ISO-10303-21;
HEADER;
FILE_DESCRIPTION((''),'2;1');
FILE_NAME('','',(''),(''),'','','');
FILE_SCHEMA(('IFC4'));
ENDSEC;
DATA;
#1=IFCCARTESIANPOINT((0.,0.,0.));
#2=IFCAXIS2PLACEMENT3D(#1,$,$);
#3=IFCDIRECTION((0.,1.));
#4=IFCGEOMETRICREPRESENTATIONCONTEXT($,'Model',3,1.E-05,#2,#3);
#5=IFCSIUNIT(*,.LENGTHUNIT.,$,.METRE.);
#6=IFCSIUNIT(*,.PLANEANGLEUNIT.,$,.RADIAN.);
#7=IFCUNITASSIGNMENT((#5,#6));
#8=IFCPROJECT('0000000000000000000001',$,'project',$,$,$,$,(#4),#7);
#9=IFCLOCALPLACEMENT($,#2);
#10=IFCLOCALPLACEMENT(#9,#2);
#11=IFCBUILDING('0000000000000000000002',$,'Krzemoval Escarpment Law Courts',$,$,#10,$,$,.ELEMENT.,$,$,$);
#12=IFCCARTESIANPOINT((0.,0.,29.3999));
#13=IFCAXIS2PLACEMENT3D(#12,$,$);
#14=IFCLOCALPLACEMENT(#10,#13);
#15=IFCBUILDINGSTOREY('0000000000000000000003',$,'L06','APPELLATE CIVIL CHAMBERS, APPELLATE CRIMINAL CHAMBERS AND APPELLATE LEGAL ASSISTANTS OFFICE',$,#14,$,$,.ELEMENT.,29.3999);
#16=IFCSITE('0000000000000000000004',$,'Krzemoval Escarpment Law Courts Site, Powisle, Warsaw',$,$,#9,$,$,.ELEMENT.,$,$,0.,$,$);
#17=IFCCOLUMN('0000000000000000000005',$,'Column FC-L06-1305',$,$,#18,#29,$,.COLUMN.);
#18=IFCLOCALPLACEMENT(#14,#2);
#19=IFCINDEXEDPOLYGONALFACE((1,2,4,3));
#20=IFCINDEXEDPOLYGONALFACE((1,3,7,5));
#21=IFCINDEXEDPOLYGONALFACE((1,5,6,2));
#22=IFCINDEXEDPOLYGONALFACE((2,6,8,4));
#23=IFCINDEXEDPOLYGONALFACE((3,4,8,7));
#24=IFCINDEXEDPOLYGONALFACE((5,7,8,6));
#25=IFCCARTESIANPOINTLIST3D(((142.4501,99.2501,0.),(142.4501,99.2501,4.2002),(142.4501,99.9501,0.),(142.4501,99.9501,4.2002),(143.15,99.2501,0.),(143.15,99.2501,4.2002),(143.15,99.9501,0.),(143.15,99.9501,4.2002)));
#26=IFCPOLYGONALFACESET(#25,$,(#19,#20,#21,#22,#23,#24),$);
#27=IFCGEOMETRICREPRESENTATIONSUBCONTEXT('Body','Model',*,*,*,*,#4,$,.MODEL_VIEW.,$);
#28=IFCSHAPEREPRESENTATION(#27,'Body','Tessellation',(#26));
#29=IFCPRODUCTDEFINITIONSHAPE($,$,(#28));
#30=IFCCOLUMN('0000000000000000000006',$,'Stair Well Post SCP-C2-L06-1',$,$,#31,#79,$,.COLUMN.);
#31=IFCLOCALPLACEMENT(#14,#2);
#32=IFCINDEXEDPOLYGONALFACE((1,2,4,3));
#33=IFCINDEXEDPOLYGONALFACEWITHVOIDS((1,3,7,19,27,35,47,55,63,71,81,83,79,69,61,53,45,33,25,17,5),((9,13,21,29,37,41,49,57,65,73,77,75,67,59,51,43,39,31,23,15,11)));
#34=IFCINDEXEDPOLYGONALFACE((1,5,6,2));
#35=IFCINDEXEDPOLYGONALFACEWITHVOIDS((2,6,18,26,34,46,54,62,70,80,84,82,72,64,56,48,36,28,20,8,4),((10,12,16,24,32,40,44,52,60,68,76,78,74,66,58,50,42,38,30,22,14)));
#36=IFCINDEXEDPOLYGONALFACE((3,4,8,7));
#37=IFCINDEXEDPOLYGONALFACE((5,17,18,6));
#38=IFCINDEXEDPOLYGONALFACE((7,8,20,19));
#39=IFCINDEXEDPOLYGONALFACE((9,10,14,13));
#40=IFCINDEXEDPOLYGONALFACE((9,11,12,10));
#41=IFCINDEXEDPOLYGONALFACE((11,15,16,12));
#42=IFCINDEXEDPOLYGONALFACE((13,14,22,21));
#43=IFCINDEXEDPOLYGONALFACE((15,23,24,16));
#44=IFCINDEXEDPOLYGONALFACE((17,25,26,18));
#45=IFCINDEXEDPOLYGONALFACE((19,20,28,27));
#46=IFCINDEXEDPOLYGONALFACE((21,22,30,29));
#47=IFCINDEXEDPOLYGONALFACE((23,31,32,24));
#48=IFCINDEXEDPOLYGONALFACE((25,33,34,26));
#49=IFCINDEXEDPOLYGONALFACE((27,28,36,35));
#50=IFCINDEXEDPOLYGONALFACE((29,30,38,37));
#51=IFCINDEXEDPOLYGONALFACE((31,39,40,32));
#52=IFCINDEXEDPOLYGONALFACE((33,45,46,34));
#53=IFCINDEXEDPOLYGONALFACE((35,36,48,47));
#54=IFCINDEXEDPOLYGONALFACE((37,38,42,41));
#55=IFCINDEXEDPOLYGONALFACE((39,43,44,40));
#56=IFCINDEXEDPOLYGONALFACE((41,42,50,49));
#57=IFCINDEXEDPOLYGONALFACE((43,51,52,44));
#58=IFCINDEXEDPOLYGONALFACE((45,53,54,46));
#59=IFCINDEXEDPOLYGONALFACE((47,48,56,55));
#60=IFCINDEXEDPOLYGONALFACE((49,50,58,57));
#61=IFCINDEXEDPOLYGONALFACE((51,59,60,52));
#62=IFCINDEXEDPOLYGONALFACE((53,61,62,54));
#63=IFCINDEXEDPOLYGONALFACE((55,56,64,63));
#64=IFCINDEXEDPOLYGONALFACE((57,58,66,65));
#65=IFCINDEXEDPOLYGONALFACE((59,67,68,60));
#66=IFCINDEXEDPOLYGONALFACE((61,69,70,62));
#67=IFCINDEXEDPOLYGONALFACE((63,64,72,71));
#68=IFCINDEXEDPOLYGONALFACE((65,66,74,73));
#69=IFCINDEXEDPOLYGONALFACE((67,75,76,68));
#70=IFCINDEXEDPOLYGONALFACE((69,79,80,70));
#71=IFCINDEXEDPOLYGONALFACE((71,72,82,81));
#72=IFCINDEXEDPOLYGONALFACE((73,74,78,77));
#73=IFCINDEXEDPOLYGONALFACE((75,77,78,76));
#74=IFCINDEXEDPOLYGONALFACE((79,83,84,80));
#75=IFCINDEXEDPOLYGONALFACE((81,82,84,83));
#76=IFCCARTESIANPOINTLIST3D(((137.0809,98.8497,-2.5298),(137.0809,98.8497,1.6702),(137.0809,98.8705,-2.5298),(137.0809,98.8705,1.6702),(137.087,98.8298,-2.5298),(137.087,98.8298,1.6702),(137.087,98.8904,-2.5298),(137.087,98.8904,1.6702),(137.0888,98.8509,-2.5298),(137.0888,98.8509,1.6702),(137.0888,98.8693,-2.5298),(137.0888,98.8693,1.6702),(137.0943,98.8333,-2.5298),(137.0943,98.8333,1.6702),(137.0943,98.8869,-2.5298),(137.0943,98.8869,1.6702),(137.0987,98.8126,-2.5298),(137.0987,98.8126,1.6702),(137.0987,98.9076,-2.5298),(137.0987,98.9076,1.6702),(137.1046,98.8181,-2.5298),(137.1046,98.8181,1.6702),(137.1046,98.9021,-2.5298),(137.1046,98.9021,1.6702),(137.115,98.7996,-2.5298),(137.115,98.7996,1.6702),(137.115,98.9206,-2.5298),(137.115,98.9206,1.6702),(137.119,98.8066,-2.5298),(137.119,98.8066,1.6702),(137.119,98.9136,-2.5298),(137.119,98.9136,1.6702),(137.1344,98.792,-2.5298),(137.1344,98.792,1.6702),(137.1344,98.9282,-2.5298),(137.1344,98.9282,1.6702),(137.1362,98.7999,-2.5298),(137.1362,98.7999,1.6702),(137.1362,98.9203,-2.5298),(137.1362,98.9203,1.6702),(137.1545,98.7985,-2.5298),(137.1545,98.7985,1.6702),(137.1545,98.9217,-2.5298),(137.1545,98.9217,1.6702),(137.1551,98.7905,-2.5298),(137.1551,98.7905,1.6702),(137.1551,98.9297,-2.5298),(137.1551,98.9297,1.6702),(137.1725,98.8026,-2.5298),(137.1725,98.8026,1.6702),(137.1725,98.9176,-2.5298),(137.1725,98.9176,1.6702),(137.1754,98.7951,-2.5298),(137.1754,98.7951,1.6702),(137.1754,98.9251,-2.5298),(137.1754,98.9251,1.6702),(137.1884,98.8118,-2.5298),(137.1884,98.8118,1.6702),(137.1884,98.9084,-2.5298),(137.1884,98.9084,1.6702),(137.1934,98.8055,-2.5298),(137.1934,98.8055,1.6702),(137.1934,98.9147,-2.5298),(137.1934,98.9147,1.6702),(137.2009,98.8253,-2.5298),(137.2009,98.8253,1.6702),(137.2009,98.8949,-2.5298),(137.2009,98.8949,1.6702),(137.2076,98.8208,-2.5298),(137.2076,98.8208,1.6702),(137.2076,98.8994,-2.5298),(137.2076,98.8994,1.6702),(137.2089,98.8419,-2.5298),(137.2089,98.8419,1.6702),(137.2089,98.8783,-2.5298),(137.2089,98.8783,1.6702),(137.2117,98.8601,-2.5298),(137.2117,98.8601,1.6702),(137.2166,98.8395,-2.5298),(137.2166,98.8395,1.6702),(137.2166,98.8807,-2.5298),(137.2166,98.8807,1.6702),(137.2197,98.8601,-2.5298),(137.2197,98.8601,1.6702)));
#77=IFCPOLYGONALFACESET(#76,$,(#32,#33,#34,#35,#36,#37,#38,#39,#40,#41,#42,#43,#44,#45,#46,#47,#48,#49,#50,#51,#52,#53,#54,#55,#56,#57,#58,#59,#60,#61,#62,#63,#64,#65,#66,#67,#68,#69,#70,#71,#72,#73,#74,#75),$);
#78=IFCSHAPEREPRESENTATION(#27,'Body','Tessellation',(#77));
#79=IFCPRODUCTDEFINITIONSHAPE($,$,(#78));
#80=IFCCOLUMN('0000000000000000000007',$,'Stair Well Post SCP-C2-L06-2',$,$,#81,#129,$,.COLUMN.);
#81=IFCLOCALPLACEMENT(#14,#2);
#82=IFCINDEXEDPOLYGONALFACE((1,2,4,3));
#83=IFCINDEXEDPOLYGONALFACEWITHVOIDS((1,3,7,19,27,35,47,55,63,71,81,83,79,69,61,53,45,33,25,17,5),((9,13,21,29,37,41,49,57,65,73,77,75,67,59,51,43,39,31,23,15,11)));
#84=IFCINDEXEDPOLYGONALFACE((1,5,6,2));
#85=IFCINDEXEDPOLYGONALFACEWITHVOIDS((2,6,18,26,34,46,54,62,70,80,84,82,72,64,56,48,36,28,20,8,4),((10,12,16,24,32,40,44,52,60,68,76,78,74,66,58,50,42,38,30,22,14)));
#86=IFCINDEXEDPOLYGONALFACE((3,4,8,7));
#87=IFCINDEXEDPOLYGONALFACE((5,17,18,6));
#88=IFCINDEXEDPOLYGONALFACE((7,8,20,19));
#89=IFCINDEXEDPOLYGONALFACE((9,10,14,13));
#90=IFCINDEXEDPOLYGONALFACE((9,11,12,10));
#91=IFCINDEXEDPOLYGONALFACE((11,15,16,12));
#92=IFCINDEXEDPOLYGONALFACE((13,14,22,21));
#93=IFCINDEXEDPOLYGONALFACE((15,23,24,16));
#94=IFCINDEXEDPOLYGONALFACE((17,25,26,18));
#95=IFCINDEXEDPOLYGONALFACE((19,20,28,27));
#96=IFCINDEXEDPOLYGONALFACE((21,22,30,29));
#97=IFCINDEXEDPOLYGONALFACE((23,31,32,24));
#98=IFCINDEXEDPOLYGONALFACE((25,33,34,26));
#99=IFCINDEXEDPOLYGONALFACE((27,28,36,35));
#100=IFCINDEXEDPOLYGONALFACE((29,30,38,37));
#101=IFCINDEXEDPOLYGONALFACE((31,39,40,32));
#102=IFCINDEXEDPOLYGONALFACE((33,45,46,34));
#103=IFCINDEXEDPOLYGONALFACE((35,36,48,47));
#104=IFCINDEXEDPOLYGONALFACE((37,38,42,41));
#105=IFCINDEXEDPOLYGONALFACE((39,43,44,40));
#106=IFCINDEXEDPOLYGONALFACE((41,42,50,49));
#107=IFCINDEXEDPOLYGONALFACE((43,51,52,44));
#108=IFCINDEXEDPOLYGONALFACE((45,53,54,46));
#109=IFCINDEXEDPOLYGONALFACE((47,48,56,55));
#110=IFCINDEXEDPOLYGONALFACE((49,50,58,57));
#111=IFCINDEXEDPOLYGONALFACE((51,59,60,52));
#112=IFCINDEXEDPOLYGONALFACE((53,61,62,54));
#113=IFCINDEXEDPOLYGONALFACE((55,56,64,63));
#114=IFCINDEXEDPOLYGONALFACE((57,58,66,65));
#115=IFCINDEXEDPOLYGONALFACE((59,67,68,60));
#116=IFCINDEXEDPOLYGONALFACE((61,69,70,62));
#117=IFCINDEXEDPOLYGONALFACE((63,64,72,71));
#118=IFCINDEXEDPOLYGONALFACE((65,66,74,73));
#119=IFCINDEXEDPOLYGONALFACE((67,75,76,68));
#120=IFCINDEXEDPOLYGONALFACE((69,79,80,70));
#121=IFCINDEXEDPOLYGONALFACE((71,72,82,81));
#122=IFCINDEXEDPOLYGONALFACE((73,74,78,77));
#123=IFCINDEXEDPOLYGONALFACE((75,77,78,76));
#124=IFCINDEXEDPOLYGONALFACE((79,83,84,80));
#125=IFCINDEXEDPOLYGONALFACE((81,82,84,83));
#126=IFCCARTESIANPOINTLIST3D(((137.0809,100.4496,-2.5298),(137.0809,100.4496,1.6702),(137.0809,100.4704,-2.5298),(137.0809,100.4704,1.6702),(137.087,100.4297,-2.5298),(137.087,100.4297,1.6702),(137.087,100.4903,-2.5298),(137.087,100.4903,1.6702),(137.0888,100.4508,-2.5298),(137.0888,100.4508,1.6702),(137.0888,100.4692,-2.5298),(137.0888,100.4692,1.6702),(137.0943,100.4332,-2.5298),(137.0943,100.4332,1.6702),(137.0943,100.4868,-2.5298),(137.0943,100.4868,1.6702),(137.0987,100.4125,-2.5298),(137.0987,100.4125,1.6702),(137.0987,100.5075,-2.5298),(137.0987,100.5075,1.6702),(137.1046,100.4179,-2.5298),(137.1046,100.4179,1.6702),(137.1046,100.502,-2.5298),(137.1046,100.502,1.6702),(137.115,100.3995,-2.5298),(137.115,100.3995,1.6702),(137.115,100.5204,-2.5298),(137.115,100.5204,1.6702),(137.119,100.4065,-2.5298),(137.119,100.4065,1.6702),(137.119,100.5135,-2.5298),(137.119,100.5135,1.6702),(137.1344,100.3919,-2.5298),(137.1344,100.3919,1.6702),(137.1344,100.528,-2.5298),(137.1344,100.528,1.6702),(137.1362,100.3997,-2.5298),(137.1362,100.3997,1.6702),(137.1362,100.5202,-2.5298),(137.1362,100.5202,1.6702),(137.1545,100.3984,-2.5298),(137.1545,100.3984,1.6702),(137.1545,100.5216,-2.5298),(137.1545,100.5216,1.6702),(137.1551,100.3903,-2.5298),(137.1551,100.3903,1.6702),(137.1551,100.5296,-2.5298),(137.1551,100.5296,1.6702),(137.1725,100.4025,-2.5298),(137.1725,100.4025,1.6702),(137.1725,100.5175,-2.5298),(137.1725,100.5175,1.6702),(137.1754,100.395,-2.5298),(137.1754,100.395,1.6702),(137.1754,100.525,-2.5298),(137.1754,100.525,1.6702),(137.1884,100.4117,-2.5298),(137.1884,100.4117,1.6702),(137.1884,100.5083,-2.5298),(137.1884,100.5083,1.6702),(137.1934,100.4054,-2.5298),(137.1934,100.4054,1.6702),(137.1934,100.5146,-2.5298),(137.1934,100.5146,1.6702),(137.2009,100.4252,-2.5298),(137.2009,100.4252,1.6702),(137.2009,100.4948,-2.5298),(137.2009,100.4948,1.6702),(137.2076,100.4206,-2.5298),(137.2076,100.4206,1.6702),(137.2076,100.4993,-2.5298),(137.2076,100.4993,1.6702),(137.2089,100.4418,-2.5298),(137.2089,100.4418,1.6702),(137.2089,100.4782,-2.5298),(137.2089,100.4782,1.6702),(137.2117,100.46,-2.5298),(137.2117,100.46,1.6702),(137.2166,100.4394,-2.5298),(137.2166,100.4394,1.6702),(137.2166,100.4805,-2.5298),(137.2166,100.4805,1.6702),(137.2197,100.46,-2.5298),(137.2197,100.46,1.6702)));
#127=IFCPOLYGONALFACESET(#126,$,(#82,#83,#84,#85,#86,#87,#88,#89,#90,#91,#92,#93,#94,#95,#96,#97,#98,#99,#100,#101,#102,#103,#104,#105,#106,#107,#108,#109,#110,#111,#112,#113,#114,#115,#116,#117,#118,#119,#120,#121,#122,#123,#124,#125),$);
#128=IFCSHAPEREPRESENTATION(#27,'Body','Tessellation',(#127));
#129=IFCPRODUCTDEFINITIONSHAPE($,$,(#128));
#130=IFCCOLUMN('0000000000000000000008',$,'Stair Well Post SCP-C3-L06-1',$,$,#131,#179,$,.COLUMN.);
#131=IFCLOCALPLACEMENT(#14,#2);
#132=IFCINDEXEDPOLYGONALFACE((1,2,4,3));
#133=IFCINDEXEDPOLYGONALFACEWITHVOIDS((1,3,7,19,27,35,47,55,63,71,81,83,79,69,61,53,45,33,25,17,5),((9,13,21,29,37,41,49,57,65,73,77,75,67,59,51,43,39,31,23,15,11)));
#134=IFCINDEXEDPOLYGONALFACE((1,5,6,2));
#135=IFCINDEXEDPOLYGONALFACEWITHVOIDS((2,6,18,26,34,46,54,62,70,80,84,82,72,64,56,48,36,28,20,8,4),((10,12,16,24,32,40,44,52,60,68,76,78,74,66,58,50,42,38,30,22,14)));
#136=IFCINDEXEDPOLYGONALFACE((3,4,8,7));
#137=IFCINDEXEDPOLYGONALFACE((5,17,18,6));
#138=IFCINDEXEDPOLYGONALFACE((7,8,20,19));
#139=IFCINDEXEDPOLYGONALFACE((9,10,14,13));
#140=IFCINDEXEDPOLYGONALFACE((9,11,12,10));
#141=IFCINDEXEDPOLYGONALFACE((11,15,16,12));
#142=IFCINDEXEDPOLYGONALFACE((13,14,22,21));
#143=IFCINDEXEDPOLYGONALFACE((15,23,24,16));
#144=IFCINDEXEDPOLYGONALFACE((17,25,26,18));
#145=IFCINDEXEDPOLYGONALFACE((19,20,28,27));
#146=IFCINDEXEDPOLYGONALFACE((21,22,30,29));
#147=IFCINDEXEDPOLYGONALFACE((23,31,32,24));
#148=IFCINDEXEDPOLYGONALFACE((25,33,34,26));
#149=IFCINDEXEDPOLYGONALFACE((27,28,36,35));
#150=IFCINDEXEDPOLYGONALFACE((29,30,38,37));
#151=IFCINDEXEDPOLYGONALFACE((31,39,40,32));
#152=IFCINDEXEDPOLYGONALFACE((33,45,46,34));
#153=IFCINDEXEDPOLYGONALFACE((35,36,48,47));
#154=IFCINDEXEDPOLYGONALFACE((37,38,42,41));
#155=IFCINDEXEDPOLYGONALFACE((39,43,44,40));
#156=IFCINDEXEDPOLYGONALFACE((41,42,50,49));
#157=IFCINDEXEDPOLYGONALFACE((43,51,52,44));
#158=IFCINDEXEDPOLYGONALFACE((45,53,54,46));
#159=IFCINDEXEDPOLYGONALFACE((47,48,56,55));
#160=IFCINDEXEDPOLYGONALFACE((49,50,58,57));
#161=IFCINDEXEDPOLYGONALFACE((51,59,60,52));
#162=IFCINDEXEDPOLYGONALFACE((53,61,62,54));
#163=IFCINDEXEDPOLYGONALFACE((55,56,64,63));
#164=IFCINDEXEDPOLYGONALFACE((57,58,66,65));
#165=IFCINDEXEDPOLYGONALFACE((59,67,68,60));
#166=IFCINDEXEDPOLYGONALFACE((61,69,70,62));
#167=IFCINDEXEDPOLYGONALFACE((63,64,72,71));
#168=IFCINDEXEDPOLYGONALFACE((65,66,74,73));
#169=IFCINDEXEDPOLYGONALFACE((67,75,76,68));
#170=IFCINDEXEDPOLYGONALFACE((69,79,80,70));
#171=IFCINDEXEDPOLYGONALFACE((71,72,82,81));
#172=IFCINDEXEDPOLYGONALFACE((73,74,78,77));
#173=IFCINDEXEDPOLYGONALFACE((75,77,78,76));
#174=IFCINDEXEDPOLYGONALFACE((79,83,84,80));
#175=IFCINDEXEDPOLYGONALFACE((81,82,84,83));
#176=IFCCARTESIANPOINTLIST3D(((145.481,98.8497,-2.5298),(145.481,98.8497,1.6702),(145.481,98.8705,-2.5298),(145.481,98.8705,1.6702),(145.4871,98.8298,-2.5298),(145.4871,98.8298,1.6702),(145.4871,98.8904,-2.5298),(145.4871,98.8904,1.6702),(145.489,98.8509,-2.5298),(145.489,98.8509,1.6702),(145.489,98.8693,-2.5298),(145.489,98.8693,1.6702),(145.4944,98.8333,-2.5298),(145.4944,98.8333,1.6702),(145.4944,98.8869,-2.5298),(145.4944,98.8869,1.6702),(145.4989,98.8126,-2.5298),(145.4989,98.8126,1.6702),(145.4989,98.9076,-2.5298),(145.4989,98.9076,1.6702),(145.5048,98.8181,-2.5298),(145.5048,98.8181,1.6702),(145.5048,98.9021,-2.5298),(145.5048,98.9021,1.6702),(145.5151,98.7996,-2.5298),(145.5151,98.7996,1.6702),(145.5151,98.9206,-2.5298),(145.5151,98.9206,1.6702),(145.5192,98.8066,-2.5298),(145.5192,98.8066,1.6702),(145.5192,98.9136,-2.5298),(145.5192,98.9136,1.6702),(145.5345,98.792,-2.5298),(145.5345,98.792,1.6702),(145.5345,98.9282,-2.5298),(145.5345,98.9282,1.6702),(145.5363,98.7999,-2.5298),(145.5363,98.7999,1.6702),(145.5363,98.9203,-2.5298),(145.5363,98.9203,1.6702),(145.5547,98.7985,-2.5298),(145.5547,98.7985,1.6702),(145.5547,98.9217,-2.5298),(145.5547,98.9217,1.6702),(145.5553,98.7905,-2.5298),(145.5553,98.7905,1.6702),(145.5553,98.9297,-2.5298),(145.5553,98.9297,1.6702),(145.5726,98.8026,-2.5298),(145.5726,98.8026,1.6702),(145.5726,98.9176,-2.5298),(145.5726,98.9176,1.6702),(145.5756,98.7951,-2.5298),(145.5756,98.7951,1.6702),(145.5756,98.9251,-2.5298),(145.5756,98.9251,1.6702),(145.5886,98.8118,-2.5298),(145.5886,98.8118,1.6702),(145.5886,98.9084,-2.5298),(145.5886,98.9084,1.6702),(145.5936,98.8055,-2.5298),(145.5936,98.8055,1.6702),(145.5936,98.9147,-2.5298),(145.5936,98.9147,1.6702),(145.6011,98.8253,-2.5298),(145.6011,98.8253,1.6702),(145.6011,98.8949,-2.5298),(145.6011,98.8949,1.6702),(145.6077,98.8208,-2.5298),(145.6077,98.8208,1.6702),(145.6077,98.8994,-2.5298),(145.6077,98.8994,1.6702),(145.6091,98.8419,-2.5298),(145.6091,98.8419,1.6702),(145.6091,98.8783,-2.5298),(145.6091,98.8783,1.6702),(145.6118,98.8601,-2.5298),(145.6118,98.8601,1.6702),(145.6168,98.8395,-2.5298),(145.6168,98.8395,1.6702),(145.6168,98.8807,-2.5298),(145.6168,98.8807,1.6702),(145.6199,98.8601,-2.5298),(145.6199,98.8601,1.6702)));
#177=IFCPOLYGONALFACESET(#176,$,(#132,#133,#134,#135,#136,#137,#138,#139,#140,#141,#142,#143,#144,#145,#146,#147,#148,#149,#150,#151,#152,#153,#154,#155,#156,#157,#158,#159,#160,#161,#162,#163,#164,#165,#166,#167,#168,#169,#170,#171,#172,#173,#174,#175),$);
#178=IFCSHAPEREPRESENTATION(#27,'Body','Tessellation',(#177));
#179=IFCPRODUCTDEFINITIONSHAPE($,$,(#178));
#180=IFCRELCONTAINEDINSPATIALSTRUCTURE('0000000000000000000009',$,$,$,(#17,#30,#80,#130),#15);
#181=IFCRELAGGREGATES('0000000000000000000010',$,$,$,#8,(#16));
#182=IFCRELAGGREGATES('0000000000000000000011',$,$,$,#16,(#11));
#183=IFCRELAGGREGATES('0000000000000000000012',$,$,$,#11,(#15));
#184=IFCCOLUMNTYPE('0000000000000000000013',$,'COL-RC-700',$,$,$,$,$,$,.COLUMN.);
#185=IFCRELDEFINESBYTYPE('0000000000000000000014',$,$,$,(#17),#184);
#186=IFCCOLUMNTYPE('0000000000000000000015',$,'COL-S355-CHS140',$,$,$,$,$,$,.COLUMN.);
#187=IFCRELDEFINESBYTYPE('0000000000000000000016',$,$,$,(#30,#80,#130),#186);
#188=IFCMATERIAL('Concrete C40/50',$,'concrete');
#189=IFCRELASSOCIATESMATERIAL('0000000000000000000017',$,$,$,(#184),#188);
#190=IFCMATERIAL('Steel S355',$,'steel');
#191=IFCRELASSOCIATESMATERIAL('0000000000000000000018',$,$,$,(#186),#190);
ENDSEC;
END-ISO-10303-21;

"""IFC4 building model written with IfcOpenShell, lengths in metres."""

from ifc_helpers import new_model, si_unit, direction, frame, origin, origin_2d, place, context, subcontext, project, spatial, rectangle, hollow_circle, extrude, material, material_profile, profile_set, type_object, element, save


model = new_model("IFC4")

# Units and contexts
model_context = context("Model", 3, precision=1e-05, world=origin(), true_north=direction((0.0, 1.0)))
body_context = subcontext(model_context, "Body", "Model", "MODEL_VIEW")
ifc_project = project(units=[si_unit("LENGTHUNIT", "METRE"), si_unit("PLANEANGLEUNIT", "RADIAN")], contexts=[model_context])

# Site, building, storey
site_placement = place(None, origin())
site = spatial("IfcSite", under=ifc_project, at=site_placement, Name="Krzemoval Escarpment Law Courts Site, Powisle, Warsaw", CompositionType="ELEMENT", RefElevation=0.0)
building_placement = place(site_placement, origin())
building = spatial("IfcBuilding", under=site, at=building_placement, Name="Krzemoval Escarpment Law Courts", CompositionType="ELEMENT")
storey_placement = place(building_placement, frame((0.0, 0.0, 29.3999)))
storey = spatial("IfcBuildingStorey", under=building, at=storey_placement, Name="L06", Description="APPELLATE CIVIL CHAMBERS, APPELLATE CRIMINAL CHAMBERS AND APPELLATE LEGAL ASSISTANTS OFFICE", CompositionType="ELEMENT", Elevation=29.3999)

# Columns
ifc_material_1 = material(Name="Concrete C40/50", Category="concrete")
ifc_material_profile_1 = material_profile(ifc_material_1, rectangle(XDim=0.7, YDim=0.7, at=origin_2d()), Name="RC 700x700")
ifc_profile_set_1 = profile_set([ifc_material_profile_1], Name="Concrete C40/50")
column_type_1 = type_object("IfcColumnType", Name="COL-RC-700", PredefinedType="COLUMN", material=ifc_profile_set_1)
column_placement = place(storey_placement, frame((142.8, 99.6001, 0.0), z_axis=(0.0, 0.0, 1.0), x_axis=(1.0, 0.0, 0.0)))
element("IfcColumn", 1, at=column_placement, inside=storey, type_object=column_type_1, Name="Column FC-L06-1305", PredefinedType="COLUMN", context=body_context, shape_type="SweptSolid", body=[
    extrude(rectangle(XDim=0.7, YDim=0.7, at=origin_2d()), origin(), (0.0, 0.0, 1.0), 4.2002),
])
ifc_material_2 = material(Name="Steel S355", Category="steel")
ifc_material_profile_2 = material_profile(ifc_material_2, hollow_circle(Radius=0.0698, WallThickness=0.0081, at=origin_2d()), Name="CHS 139.7x8")
ifc_profile_set_2 = profile_set([ifc_material_profile_2], Name="Steel S355")
column_type_2 = type_object("IfcColumnType", Name="COL-S355-CHS140", PredefinedType="COLUMN", material=ifc_profile_set_2)
for number, where, z_axis, x_axis, name in (
    (2, (137.1499, 98.8601, -2.5298), (0.0, 0.0, 1.0), (1.0, 0.0, 0.0), "Stair Well Post SCP-C2-L06-1"),
    (3, (137.1499, 100.46, -2.5298), (0.0, 0.0, 1.0), (1.0, 0.0, 0.0), "Stair Well Post SCP-C2-L06-2"),
    (4, (145.55, 98.8601, -2.5298), (0.0, 0.0, 1.0), (1.0, 0.0, 0.0), "Stair Well Post SCP-C3-L06-1"),
):
    element("IfcColumn", number, at=place(storey_placement, frame(where, z_axis=z_axis, x_axis=x_axis)), inside=storey, type_object=column_type_2, Name=name, PredefinedType="COLUMN", context=body_context, shape_type="SweptSolid", body=[
        extrude(hollow_circle(Radius=0.0698, WallThickness=0.0081, at=origin_2d()), origin(), (0.0, 0.0, 1.0), 4.2),
    ])

save(model, "model.ifc")
